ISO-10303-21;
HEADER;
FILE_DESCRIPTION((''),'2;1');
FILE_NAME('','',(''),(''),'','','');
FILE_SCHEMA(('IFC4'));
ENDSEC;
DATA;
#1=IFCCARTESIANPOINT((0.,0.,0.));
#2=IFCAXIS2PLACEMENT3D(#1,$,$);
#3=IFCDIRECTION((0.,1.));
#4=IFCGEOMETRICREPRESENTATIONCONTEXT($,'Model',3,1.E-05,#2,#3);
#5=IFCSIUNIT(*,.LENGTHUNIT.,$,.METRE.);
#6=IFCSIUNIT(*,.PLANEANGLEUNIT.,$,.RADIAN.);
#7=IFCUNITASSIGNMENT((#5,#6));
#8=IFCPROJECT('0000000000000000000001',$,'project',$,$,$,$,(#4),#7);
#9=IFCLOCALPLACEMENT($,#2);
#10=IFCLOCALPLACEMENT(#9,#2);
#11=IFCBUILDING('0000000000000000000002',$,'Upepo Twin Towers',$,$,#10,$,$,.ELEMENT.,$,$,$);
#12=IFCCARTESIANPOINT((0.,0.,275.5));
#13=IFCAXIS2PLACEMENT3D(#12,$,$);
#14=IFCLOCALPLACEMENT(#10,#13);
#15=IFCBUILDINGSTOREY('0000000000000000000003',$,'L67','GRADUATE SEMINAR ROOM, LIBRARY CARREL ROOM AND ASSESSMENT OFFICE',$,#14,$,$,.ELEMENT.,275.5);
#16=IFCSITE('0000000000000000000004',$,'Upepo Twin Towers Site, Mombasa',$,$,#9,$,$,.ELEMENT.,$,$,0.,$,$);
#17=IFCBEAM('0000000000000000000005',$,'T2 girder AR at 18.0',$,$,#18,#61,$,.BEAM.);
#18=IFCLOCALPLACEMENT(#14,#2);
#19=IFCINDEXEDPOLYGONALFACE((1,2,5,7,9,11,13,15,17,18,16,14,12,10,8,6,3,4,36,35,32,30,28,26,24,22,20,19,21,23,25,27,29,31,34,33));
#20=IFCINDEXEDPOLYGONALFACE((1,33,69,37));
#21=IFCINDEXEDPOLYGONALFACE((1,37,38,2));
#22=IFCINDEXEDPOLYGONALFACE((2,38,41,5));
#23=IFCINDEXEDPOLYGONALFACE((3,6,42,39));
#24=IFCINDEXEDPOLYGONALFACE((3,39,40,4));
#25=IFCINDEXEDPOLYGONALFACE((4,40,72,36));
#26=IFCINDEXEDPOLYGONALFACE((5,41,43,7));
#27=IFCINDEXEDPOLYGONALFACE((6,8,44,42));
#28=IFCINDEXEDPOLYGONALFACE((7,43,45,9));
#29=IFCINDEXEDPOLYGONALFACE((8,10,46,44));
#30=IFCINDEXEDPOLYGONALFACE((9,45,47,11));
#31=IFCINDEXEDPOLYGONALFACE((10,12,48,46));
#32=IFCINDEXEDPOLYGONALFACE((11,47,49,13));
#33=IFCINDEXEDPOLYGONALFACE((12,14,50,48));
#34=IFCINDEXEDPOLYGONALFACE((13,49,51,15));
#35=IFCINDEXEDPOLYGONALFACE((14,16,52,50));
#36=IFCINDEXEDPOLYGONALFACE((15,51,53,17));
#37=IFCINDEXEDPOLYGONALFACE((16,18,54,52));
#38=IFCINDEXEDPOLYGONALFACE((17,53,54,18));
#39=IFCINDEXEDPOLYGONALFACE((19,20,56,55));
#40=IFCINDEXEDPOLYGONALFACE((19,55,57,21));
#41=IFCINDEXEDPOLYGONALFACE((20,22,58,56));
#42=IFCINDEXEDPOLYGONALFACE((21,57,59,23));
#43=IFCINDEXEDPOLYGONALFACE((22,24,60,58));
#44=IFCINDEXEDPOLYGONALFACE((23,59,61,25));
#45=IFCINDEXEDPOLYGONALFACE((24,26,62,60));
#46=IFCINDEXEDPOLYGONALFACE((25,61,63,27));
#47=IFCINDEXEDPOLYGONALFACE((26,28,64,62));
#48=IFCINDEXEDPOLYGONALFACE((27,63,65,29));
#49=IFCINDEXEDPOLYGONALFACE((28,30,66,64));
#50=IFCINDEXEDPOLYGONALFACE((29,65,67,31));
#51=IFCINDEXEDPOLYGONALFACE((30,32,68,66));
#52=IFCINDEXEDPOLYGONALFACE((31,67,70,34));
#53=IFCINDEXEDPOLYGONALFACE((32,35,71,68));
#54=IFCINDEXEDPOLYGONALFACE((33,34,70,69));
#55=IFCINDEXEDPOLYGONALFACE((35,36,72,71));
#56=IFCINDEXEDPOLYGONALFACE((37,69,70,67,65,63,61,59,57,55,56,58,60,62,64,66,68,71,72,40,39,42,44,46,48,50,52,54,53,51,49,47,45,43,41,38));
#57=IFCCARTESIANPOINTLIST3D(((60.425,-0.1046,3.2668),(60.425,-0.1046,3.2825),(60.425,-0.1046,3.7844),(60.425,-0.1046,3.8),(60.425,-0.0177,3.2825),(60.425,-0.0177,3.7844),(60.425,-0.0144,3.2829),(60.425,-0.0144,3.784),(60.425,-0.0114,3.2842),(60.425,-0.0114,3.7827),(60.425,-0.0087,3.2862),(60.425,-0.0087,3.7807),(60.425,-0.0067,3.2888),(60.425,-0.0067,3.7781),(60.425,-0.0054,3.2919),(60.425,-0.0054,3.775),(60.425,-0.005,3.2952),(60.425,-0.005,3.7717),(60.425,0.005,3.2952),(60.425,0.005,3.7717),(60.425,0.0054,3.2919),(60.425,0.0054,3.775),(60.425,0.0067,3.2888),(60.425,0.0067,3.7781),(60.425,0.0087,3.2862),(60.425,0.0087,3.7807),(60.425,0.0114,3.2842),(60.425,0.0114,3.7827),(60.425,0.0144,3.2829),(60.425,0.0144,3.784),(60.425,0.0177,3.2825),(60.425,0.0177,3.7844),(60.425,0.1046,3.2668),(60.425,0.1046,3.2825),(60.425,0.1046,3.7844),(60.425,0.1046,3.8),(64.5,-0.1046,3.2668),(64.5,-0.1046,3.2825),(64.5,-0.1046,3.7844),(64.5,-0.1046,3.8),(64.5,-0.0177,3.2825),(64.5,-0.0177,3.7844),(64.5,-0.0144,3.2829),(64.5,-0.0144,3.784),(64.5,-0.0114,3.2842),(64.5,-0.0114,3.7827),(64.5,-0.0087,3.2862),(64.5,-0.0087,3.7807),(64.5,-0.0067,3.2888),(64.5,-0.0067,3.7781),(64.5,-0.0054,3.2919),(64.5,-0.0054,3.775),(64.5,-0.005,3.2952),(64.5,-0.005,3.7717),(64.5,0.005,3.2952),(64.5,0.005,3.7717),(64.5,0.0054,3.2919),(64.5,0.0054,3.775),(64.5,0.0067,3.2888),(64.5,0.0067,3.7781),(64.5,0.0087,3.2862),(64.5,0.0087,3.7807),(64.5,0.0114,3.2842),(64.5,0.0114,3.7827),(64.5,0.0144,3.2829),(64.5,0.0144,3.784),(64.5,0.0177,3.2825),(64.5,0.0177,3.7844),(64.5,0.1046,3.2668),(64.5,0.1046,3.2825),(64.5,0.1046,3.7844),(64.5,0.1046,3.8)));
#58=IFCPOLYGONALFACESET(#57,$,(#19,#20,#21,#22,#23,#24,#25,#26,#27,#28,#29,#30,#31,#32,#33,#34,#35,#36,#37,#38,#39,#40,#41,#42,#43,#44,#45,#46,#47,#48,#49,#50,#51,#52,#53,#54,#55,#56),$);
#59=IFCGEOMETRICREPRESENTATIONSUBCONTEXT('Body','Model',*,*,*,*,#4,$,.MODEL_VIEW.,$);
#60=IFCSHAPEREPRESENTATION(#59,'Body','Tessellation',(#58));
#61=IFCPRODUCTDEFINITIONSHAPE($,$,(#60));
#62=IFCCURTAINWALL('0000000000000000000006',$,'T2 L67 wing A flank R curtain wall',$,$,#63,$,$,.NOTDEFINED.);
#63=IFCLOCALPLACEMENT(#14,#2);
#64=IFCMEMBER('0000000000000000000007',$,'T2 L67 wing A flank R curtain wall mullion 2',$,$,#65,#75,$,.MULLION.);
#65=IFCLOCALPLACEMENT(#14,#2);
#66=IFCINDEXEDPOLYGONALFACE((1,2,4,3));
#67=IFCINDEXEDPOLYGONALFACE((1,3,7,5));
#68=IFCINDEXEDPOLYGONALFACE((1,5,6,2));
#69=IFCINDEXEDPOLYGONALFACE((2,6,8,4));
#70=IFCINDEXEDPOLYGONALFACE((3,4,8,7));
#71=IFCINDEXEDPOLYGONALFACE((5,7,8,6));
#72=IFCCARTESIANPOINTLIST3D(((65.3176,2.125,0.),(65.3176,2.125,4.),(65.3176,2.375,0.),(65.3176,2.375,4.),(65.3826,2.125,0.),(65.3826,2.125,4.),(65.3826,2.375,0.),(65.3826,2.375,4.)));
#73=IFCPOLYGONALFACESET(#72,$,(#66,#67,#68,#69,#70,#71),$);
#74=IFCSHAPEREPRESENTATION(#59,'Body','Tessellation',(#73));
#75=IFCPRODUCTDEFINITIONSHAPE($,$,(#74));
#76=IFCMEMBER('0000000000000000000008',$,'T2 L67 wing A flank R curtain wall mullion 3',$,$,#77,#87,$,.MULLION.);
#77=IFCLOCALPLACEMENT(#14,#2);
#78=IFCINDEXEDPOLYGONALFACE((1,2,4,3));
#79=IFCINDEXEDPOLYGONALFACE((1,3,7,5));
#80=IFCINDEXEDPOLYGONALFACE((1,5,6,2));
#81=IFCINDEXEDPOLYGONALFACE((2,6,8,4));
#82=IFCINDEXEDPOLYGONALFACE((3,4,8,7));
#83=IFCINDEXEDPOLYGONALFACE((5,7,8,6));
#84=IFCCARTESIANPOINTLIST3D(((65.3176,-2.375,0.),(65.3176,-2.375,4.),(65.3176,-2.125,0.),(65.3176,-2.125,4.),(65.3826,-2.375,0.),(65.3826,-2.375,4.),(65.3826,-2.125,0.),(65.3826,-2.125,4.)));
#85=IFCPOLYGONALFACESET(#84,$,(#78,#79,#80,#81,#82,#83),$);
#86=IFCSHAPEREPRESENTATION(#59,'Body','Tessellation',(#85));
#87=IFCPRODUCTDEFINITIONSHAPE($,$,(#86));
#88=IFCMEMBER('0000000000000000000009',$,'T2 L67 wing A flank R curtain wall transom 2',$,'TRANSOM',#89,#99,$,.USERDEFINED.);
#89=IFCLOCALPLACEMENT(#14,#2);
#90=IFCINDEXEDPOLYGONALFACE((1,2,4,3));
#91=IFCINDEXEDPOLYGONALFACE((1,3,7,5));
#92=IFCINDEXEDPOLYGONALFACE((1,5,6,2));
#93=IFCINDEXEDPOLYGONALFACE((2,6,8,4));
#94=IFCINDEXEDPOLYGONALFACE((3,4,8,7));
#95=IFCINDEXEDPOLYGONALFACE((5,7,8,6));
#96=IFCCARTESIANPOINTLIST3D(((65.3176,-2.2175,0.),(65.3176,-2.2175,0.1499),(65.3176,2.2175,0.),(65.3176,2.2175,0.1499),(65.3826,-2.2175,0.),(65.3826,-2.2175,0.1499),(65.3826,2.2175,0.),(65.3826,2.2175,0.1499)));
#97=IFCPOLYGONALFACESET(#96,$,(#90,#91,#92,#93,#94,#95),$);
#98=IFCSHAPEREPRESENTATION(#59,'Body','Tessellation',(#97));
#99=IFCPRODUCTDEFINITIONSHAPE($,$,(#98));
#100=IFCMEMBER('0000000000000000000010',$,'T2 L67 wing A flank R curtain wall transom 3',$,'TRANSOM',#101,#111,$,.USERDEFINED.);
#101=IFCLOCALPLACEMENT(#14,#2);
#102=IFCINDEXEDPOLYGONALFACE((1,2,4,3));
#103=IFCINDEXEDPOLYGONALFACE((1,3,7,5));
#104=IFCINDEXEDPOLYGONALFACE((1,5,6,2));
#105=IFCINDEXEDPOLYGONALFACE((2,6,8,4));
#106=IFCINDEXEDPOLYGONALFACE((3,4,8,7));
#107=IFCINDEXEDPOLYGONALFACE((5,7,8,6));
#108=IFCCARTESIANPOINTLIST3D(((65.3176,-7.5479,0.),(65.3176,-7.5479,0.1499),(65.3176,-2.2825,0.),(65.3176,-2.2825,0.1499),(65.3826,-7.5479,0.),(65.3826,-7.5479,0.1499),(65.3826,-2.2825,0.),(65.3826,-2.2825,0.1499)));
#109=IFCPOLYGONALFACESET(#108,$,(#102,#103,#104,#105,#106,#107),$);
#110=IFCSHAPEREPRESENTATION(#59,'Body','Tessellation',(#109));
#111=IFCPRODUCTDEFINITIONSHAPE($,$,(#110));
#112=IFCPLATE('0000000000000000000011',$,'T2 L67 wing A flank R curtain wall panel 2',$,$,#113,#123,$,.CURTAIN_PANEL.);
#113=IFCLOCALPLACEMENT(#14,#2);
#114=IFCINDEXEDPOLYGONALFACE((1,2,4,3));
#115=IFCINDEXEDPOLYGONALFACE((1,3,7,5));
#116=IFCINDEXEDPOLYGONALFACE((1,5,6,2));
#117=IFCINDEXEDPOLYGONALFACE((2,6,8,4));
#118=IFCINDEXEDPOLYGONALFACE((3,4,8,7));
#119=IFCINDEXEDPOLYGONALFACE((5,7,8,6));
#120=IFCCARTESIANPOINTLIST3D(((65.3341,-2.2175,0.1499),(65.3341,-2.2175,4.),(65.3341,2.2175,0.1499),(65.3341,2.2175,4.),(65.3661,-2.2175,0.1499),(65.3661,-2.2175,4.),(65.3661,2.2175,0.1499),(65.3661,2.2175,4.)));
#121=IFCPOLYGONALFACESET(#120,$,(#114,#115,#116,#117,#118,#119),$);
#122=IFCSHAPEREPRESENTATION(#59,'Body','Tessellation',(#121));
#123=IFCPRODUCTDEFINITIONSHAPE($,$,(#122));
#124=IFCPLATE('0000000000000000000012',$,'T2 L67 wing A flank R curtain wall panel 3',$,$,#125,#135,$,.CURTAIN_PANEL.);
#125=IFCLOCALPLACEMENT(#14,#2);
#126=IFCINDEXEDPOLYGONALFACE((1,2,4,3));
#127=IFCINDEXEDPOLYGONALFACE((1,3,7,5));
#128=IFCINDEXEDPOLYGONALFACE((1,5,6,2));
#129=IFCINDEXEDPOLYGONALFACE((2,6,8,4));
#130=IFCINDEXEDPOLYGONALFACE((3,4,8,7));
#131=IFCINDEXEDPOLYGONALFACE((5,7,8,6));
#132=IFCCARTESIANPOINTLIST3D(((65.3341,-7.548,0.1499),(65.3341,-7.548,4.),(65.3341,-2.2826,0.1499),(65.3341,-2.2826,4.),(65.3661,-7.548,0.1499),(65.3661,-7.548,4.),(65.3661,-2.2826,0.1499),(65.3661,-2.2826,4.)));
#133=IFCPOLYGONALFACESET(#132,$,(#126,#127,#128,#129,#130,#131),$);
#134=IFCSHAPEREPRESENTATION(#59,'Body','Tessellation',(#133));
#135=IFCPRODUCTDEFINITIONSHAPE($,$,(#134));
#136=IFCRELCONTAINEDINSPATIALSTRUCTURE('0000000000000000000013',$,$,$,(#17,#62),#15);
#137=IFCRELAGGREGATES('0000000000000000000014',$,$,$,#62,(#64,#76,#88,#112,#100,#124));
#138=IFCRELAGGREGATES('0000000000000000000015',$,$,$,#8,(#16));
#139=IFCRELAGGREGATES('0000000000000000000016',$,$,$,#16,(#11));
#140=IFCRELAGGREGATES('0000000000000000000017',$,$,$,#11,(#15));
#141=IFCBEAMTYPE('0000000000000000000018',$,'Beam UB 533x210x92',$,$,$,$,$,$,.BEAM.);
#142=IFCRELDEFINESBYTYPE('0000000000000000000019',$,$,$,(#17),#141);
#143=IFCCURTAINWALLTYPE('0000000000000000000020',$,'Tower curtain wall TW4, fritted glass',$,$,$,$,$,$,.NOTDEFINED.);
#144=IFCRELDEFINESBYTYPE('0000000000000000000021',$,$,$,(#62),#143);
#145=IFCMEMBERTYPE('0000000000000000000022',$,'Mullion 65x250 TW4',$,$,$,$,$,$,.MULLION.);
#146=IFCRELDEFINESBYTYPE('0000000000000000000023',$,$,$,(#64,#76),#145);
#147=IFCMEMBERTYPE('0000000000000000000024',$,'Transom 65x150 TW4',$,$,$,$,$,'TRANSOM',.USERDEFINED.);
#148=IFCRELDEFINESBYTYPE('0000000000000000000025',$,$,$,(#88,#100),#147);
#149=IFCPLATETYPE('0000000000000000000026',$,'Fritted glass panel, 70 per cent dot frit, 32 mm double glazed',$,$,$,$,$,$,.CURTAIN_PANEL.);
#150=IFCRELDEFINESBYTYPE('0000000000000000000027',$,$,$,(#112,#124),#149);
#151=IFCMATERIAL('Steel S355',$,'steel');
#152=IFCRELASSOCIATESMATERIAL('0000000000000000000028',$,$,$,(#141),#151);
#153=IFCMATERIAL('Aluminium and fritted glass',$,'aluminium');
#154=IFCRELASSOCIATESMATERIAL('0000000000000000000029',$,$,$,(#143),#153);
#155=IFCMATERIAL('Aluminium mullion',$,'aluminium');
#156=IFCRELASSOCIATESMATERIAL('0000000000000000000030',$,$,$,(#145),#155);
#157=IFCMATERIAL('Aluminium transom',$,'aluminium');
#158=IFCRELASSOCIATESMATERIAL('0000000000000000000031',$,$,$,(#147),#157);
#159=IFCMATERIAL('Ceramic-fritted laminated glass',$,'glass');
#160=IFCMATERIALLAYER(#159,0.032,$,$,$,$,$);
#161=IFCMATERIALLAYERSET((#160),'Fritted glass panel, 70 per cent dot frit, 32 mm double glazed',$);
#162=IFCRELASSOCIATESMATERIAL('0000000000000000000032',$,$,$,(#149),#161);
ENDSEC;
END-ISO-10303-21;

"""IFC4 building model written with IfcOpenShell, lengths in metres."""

from ifc_helpers import new_model, si_unit, direction, frame, origin, origin_2d, place, context, subcontext, project, spatial, rectangle, i_section, extrude, material, layer, layer_set, material_profile, profile_set, type_object, element, aggregate, save


model = new_model("IFC4")

# Units and contexts
model_context = context("Model", 3, precision=1e-05, world=origin(), true_north=direction((0.0, 1.0)))
body_context = subcontext(model_context, "Body", "Model", "MODEL_VIEW")
ifc_project = project(units=[si_unit("LENGTHUNIT", "METRE"), si_unit("PLANEANGLEUNIT", "RADIAN")], contexts=[model_context])

# Site, building, storey
site_placement = place(None, origin())
site = spatial("IfcSite", under=ifc_project, at=site_placement, Name="Upepo Twin Towers Site, Mombasa", CompositionType="ELEMENT", RefElevation=0.0)
building_placement = place(site_placement, origin())
building = spatial("IfcBuilding", under=site, at=building_placement, Name="Upepo Twin Towers", CompositionType="ELEMENT")
storey_placement = place(building_placement, frame((0.0, 0.0, 275.5)))
storey = spatial("IfcBuildingStorey", under=building, at=storey_placement, Name="L67", Description="GRADUATE SEMINAR ROOM, LIBRARY CARREL ROOM AND ASSESSMENT OFFICE", CompositionType="ELEMENT", Elevation=275.5)

# Beam
ifc_material_1 = material(Name="Steel S355", Category="steel")
ifc_material_profile_1 = material_profile(ifc_material_1, i_section(OverallWidth=0.2092, OverallDepth=0.5332, WebThickness=0.01, FlangeThickness=0.0156, FilletRadius=0.0127, at=origin_2d()), Name="UB 533x210x92")
ifc_profile_set_1 = profile_set([ifc_material_profile_1], Name="Steel S355")
beam_type_1 = type_object("IfcBeamType", Name="Beam UB 533x210x92", PredefinedType="BEAM", material=ifc_profile_set_1)
for number, where, z_axis, x_axis, name in (
    (1, (64.5, 0.0, 3.5334), (-1.0, 0.0, 0.0), (0.0, -1.0, 0.0), "T2 girder AR at 18.0"),
):
    element("IfcBeam", number, at=place(storey_placement, frame(where, z_axis=z_axis, x_axis=x_axis)), inside=storey, type_object=beam_type_1, Name=name, PredefinedType="BEAM", context=body_context, shape_type="SweptSolid", body=[
        extrude(i_section(OverallWidth=0.2092, OverallDepth=0.5332, WebThickness=0.01, FlangeThickness=0.0156, FilletRadius=0.0127, at=origin_2d()), origin(), (0.0, 0.0, 1.0), 4.075),
    ])

# Curtain wall, members, plates
ifc_material_2 = material(Name="Aluminium and fritted glass", Category="aluminium")
curtain_wall_type = type_object("IfcCurtainWallType", Name="Tower curtain wall TW4, fritted glass", PredefinedType="NOTDEFINED", material=ifc_material_2)
curtain_wall_placement = place(storey_placement, origin())
curtain_wall = element("IfcCurtainWall", 2, at=curtain_wall_placement, inside=storey, type_object=curtain_wall_type, Name="T2 L67 wing A flank R curtain wall", PredefinedType="NOTDEFINED")
ifc_material_3 = material(Name="Aluminium mullion", Category="aluminium")
ifc_material_profile_2 = material_profile(ifc_material_3, rectangle(XDim=0.0649, YDim=0.25, at=origin_2d()), Name="MULLION 65x250")
ifc_profile_set_2 = profile_set([ifc_material_profile_2], Name="Aluminium mullion")
member_type_1 = type_object("IfcMemberType", Name="Mullion 65x250 TW4", PredefinedType="MULLION", material=ifc_profile_set_2)
member_1_placement = place(storey_placement, frame((65.3501, 2.25, 0.0), z_axis=(0.0, 0.0, 1.0), x_axis=(1.0, 0.0, 0.0)))
member_1 = element("IfcMember", 3, at=member_1_placement, type_object=member_type_1, Name="T2 L67 wing A flank R curtain wall mullion 2", PredefinedType="MULLION", context=body_context, shape_type="SweptSolid", body=[
    extrude(rectangle(XDim=0.0649, YDim=0.25, at=origin_2d()), origin(), (0.0, 0.0, 1.0), 4.0),
])
member_2_placement = place(storey_placement, frame((65.3501, -2.25, 0.0), z_axis=(0.0, 0.0, 1.0), x_axis=(1.0, 0.0, 0.0)))
member_2 = element("IfcMember", 4, at=member_2_placement, type_object=member_type_1, Name="T2 L67 wing A flank R curtain wall mullion 3", PredefinedType="MULLION", context=body_context, shape_type="SweptSolid", body=[
    extrude(rectangle(XDim=0.0649, YDim=0.25, at=origin_2d()), origin(), (0.0, 0.0, 1.0), 4.0),
])
ifc_material_4 = material(Name="Aluminium transom", Category="aluminium")
ifc_material_profile_3 = material_profile(ifc_material_4, rectangle(XDim=0.0649, YDim=0.1499, at=origin_2d()), Name="TRANSOM 65x150")
ifc_profile_set_3 = profile_set([ifc_material_profile_3], Name="Aluminium transom")
member_type_2 = type_object("IfcMemberType", Name="Transom 65x150 TW4", ElementType="TRANSOM", PredefinedType="USERDEFINED", material=ifc_profile_set_3)
member_3_placement = place(storey_placement, frame((65.3501, 2.2175, 0.075), z_axis=(0.0, -1.0, 0.0), x_axis=(1.0, 0.0, 0.0)))
member_3 = element("IfcMember", 5, at=member_3_placement, type_object=member_type_2, Name="T2 L67 wing A flank R curtain wall transom 2", ObjectType="TRANSOM", PredefinedType="USERDEFINED", context=body_context, shape_type="SweptSolid", body=[
    extrude(rectangle(XDim=0.0649, YDim=0.1499, at=origin_2d()), origin(), (0.0, 0.0, 1.0), 4.4351),
])
member_4_placement = place(storey_placement, frame((65.3501, -2.2825, 0.075), z_axis=(0.0, -1.0, 0.0), x_axis=(1.0, 0.0, 0.0)))
member_4 = element("IfcMember", 6, at=member_4_placement, type_object=member_type_2, Name="T2 L67 wing A flank R curtain wall transom 3", ObjectType="TRANSOM", PredefinedType="USERDEFINED", context=body_context, shape_type="SweptSolid", body=[
    extrude(rectangle(XDim=0.0649, YDim=0.1499, at=origin_2d()), origin(), (0.0, 0.0, 1.0), 5.2654),
])
ifc_material_5 = material(Name="Ceramic-fritted laminated glass", Category="glass")
ifc_layer_1 = layer(ifc_material_5, 0.032)
ifc_layer_set_1 = layer_set([ifc_layer_1], Name="Fritted glass panel, 70 per cent dot frit, 32 mm double glazed")
plate_type = type_object("IfcPlateType", Name="Fritted glass panel, 70 per cent dot frit, 32 mm double glazed", PredefinedType="CURTAIN_PANEL", material=ifc_layer_set_1)
plate_1_placement = place(storey_placement, frame((65.3501, 0.0, 0.1499), z_axis=(0.0, 0.0, 1.0), x_axis=(0.0, -1.0, 0.0)))
plate_1 = element("IfcPlate", 7, at=plate_1_placement, type_object=plate_type, Name="T2 L67 wing A flank R curtain wall panel 2", PredefinedType="CURTAIN_PANEL", context=body_context, shape_type="SweptSolid", body=[
    extrude(rectangle(XDim=4.4351, YDim=0.032, at=origin_2d()), origin(), (0.0, 0.0, 1.0), 3.8501),
])
plate_2_placement = place(storey_placement, frame((65.3501, -4.9153, 0.1499), z_axis=(0.0, 0.0, 1.0), x_axis=(0.0, -1.0, 0.0)))
plate_2 = element("IfcPlate", 8, at=plate_2_placement, type_object=plate_type, Name="T2 L67 wing A flank R curtain wall panel 3", PredefinedType="CURTAIN_PANEL", context=body_context, shape_type="SweptSolid", body=[
    extrude(rectangle(XDim=5.2654, YDim=0.032, at=origin_2d()), origin(), (0.0, 0.0, 1.0), 3.8501),
])
aggregate(curtain_wall, [member_1, member_2, member_3, plate_1, member_4, plate_2])

save(model, "model.ifc")
